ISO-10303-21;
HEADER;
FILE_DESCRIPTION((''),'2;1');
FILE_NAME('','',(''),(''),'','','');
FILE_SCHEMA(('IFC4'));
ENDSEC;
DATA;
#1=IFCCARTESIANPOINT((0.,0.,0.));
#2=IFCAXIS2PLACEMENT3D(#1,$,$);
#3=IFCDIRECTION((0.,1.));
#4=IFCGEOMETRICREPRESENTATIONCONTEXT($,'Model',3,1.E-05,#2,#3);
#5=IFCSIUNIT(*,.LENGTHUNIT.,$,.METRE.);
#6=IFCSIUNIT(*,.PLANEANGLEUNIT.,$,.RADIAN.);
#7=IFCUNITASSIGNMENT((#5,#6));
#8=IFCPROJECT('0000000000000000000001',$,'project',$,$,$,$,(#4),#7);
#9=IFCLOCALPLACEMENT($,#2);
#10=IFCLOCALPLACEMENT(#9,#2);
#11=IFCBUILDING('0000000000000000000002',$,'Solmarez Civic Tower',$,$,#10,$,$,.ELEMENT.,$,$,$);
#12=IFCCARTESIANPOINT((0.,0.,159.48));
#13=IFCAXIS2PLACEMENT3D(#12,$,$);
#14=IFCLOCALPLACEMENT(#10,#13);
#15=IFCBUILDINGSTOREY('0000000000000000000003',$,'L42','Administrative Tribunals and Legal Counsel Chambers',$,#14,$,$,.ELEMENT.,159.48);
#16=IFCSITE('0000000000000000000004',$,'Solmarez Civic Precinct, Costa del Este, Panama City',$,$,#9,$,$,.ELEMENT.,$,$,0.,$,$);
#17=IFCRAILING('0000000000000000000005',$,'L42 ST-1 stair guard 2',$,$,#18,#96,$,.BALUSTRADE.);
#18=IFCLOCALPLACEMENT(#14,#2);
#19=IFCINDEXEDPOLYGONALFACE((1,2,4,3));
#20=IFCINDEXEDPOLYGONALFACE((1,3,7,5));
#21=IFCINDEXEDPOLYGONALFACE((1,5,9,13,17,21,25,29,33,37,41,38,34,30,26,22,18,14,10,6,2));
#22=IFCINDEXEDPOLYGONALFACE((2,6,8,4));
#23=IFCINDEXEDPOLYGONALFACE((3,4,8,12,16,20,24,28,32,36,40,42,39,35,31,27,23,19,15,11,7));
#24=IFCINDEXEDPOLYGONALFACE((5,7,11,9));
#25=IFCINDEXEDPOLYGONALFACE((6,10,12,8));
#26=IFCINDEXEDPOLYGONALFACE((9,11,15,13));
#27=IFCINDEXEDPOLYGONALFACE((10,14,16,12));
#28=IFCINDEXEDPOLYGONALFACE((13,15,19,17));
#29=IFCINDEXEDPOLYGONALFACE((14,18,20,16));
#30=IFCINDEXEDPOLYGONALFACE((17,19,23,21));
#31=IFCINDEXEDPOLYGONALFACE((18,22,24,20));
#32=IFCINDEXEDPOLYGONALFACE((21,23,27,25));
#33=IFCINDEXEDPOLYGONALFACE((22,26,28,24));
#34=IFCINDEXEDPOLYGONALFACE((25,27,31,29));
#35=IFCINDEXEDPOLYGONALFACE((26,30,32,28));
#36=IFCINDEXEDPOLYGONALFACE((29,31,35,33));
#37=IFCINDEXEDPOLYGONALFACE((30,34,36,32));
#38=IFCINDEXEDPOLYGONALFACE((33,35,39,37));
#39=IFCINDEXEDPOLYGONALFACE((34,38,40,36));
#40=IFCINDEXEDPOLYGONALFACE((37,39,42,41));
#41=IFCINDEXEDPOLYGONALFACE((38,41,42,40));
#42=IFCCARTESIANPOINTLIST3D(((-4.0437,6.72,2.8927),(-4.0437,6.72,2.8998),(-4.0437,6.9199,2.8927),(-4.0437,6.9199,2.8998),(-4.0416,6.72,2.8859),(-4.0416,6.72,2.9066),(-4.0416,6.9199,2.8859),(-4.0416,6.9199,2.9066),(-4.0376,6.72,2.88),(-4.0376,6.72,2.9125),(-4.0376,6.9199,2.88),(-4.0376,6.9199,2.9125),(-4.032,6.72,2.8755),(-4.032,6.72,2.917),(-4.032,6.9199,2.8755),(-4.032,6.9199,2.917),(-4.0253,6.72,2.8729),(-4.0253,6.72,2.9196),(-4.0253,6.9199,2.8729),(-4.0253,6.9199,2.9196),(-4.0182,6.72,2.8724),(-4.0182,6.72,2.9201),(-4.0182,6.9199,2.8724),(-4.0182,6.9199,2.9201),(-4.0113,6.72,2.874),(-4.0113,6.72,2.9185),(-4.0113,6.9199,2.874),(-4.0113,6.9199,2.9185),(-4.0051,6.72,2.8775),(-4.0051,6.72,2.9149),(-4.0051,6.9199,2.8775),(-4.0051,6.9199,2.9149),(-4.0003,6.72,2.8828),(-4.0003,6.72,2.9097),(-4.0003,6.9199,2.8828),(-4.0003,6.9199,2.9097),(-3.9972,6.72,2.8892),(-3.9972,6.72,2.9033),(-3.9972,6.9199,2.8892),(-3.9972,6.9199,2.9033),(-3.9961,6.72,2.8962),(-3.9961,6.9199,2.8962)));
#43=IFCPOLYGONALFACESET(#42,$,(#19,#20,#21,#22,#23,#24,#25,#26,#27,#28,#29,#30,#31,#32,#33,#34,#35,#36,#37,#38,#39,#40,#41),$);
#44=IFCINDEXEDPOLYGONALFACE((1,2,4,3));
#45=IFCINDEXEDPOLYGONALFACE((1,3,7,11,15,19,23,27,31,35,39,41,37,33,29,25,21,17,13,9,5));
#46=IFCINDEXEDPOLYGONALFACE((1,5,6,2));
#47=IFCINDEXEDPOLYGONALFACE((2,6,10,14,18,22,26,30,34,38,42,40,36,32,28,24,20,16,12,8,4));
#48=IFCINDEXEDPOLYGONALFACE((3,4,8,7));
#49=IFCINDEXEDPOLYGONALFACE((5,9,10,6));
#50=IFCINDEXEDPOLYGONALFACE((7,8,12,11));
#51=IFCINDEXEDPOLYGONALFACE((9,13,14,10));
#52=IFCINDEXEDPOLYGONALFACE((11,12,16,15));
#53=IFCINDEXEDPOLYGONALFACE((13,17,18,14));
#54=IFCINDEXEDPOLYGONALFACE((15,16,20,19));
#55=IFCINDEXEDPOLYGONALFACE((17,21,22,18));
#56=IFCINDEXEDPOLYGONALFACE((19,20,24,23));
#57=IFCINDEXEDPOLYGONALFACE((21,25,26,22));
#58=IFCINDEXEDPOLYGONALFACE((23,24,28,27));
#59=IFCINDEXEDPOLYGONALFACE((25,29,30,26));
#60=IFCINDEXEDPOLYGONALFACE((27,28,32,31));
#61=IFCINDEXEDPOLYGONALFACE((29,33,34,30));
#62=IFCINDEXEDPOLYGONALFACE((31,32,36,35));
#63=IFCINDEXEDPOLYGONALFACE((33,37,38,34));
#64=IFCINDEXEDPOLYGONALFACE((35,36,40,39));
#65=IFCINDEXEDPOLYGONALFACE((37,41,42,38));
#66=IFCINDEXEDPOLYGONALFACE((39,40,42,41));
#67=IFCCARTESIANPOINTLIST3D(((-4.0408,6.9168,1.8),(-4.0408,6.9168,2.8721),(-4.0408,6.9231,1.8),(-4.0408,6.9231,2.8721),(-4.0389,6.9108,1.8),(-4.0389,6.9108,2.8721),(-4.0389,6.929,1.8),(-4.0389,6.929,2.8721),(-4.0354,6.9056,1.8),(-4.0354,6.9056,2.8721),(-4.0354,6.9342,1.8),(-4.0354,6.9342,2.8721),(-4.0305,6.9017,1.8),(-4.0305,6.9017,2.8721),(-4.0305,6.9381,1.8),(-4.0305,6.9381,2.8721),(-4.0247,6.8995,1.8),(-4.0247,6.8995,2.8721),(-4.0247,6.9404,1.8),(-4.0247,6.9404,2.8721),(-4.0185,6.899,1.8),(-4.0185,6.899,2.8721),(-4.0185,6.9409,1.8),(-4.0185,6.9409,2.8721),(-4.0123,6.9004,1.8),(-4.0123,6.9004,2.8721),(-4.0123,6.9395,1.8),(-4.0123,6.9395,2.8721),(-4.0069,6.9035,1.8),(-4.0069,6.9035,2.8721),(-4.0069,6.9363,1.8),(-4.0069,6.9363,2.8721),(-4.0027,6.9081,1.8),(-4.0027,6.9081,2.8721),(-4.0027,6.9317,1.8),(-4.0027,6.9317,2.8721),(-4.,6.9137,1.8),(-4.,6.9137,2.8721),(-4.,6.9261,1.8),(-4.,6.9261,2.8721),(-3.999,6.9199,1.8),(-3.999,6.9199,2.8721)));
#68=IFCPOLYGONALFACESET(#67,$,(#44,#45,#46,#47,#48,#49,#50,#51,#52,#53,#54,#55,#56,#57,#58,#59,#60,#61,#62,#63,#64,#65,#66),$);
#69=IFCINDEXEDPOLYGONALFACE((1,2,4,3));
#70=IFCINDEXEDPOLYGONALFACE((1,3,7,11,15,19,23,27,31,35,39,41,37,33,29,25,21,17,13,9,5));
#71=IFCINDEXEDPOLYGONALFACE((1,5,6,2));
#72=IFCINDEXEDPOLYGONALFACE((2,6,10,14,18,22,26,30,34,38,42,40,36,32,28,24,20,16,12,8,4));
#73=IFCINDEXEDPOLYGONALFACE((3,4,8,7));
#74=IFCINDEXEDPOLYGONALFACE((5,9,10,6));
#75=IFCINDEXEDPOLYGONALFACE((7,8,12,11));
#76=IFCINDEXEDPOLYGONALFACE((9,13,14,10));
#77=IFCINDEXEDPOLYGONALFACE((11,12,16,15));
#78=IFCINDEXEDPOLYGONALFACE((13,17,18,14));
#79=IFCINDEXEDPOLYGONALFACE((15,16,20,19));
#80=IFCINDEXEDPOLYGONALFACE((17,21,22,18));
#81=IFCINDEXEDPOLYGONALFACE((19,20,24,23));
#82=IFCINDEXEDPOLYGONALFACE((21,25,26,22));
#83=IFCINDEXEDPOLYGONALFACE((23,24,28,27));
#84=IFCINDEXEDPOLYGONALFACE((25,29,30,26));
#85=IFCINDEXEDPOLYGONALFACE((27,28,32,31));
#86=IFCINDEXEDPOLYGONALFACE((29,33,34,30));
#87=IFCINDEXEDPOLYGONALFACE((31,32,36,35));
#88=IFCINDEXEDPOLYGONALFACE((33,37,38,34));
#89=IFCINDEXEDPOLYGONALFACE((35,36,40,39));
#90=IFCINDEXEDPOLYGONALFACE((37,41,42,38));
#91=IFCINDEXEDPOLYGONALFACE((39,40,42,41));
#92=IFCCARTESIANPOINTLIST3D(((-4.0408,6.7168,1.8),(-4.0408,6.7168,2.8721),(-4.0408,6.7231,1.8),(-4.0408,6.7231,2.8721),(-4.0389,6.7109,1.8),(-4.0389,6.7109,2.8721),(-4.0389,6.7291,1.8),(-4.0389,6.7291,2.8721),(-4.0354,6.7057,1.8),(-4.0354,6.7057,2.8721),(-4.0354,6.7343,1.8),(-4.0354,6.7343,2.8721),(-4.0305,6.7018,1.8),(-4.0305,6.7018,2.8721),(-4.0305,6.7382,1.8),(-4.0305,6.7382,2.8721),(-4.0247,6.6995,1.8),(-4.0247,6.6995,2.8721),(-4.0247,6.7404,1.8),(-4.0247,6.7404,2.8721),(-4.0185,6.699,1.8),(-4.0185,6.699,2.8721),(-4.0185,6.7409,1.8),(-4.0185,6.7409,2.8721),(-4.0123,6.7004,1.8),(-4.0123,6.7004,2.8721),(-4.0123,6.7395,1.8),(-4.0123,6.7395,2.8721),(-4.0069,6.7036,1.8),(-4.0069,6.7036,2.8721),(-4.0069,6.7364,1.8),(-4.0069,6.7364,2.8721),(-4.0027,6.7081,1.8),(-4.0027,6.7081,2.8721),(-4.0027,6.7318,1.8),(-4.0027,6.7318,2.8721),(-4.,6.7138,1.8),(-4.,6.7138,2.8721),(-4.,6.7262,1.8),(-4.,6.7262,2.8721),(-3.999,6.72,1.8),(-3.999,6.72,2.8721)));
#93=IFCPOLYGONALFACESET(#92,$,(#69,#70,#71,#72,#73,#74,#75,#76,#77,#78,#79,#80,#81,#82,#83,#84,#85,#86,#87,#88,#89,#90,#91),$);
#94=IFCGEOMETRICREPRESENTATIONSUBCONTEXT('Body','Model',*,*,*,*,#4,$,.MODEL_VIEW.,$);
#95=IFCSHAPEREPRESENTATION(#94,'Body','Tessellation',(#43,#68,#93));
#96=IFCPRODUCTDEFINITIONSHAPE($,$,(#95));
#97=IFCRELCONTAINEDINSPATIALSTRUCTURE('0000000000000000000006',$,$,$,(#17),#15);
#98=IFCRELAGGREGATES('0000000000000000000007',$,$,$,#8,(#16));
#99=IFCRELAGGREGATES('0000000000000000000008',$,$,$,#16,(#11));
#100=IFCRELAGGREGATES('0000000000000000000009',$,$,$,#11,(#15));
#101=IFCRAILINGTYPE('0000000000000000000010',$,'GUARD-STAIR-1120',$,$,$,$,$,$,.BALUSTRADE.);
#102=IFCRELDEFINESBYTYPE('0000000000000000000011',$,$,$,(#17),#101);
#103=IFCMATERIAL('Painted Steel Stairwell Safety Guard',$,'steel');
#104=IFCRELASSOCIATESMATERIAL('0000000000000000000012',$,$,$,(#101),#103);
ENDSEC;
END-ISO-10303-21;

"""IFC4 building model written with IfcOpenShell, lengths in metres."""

from ifc_helpers import new_model, si_unit, direction, frame, origin, origin_2d, place, context, subcontext, project, spatial, circle, extrude, material, type_object, element, save


model = new_model("IFC4")

# Units and contexts
model_context = context("Model", 3, precision=1e-05, world=origin(), true_north=direction((0.0, 1.0)))
body_context = subcontext(model_context, "Body", "Model", "MODEL_VIEW")
ifc_project = project(units=[si_unit("LENGTHUNIT", "METRE"), si_unit("PLANEANGLEUNIT", "RADIAN")], contexts=[model_context])

# Site, building, storey
site_placement = place(None, origin())
site = spatial("IfcSite", under=ifc_project, at=site_placement, Name="Solmarez Civic Precinct, Costa del Este, Panama City", CompositionType="ELEMENT", RefElevation=0.0)
building_placement = place(site_placement, origin())
building = spatial("IfcBuilding", under=site, at=building_placement, Name="Solmarez Civic Tower", CompositionType="ELEMENT")
storey_placement = place(building_placement, frame((0.0, 0.0, 159.48)))
storey = spatial("IfcBuildingStorey", under=building, at=storey_placement, Name="L42", Description="Administrative Tribunals and Legal Counsel Chambers", CompositionType="ELEMENT", Elevation=159.48)

# Railing
ifc_material_1 = material(Name="Painted Steel Stairwell Safety Guard", Category="steel")
railing_type_1 = type_object("IfcRailingType", Name="GUARD-STAIR-1120", PredefinedType="BALUSTRADE", material=ifc_material_1)
railing_1_placement = place(storey_placement, frame((-4.02, 6.9199, 1.8)))
element("IfcRailing", 1, at=railing_1_placement, inside=storey, type_object=railing_type_1, Name="L42 ST-1 stair guard 2", PredefinedType="BALUSTRADE", context=body_context, shape_type="SweptSolid", body=[
    extrude(circle(Radius=0.0239, at=origin_2d()), frame((0.0, 0.0, 1.0962), z_axis=(0.0, -1.0, 0.0), x_axis=(1.0, 0.0, 0.0)), (0.0, 0.0, 1.0), 0.2),
    extrude(circle(Radius=0.021, at=origin_2d()), origin(), (0.0, 0.0, 1.0), 1.072),
    extrude(circle(Radius=0.021, at=origin_2d()), frame((0.0, -0.2, 0.0)), (0.0, 0.0, 1.0), 1.072),
])

save(model, "model.ifc")
